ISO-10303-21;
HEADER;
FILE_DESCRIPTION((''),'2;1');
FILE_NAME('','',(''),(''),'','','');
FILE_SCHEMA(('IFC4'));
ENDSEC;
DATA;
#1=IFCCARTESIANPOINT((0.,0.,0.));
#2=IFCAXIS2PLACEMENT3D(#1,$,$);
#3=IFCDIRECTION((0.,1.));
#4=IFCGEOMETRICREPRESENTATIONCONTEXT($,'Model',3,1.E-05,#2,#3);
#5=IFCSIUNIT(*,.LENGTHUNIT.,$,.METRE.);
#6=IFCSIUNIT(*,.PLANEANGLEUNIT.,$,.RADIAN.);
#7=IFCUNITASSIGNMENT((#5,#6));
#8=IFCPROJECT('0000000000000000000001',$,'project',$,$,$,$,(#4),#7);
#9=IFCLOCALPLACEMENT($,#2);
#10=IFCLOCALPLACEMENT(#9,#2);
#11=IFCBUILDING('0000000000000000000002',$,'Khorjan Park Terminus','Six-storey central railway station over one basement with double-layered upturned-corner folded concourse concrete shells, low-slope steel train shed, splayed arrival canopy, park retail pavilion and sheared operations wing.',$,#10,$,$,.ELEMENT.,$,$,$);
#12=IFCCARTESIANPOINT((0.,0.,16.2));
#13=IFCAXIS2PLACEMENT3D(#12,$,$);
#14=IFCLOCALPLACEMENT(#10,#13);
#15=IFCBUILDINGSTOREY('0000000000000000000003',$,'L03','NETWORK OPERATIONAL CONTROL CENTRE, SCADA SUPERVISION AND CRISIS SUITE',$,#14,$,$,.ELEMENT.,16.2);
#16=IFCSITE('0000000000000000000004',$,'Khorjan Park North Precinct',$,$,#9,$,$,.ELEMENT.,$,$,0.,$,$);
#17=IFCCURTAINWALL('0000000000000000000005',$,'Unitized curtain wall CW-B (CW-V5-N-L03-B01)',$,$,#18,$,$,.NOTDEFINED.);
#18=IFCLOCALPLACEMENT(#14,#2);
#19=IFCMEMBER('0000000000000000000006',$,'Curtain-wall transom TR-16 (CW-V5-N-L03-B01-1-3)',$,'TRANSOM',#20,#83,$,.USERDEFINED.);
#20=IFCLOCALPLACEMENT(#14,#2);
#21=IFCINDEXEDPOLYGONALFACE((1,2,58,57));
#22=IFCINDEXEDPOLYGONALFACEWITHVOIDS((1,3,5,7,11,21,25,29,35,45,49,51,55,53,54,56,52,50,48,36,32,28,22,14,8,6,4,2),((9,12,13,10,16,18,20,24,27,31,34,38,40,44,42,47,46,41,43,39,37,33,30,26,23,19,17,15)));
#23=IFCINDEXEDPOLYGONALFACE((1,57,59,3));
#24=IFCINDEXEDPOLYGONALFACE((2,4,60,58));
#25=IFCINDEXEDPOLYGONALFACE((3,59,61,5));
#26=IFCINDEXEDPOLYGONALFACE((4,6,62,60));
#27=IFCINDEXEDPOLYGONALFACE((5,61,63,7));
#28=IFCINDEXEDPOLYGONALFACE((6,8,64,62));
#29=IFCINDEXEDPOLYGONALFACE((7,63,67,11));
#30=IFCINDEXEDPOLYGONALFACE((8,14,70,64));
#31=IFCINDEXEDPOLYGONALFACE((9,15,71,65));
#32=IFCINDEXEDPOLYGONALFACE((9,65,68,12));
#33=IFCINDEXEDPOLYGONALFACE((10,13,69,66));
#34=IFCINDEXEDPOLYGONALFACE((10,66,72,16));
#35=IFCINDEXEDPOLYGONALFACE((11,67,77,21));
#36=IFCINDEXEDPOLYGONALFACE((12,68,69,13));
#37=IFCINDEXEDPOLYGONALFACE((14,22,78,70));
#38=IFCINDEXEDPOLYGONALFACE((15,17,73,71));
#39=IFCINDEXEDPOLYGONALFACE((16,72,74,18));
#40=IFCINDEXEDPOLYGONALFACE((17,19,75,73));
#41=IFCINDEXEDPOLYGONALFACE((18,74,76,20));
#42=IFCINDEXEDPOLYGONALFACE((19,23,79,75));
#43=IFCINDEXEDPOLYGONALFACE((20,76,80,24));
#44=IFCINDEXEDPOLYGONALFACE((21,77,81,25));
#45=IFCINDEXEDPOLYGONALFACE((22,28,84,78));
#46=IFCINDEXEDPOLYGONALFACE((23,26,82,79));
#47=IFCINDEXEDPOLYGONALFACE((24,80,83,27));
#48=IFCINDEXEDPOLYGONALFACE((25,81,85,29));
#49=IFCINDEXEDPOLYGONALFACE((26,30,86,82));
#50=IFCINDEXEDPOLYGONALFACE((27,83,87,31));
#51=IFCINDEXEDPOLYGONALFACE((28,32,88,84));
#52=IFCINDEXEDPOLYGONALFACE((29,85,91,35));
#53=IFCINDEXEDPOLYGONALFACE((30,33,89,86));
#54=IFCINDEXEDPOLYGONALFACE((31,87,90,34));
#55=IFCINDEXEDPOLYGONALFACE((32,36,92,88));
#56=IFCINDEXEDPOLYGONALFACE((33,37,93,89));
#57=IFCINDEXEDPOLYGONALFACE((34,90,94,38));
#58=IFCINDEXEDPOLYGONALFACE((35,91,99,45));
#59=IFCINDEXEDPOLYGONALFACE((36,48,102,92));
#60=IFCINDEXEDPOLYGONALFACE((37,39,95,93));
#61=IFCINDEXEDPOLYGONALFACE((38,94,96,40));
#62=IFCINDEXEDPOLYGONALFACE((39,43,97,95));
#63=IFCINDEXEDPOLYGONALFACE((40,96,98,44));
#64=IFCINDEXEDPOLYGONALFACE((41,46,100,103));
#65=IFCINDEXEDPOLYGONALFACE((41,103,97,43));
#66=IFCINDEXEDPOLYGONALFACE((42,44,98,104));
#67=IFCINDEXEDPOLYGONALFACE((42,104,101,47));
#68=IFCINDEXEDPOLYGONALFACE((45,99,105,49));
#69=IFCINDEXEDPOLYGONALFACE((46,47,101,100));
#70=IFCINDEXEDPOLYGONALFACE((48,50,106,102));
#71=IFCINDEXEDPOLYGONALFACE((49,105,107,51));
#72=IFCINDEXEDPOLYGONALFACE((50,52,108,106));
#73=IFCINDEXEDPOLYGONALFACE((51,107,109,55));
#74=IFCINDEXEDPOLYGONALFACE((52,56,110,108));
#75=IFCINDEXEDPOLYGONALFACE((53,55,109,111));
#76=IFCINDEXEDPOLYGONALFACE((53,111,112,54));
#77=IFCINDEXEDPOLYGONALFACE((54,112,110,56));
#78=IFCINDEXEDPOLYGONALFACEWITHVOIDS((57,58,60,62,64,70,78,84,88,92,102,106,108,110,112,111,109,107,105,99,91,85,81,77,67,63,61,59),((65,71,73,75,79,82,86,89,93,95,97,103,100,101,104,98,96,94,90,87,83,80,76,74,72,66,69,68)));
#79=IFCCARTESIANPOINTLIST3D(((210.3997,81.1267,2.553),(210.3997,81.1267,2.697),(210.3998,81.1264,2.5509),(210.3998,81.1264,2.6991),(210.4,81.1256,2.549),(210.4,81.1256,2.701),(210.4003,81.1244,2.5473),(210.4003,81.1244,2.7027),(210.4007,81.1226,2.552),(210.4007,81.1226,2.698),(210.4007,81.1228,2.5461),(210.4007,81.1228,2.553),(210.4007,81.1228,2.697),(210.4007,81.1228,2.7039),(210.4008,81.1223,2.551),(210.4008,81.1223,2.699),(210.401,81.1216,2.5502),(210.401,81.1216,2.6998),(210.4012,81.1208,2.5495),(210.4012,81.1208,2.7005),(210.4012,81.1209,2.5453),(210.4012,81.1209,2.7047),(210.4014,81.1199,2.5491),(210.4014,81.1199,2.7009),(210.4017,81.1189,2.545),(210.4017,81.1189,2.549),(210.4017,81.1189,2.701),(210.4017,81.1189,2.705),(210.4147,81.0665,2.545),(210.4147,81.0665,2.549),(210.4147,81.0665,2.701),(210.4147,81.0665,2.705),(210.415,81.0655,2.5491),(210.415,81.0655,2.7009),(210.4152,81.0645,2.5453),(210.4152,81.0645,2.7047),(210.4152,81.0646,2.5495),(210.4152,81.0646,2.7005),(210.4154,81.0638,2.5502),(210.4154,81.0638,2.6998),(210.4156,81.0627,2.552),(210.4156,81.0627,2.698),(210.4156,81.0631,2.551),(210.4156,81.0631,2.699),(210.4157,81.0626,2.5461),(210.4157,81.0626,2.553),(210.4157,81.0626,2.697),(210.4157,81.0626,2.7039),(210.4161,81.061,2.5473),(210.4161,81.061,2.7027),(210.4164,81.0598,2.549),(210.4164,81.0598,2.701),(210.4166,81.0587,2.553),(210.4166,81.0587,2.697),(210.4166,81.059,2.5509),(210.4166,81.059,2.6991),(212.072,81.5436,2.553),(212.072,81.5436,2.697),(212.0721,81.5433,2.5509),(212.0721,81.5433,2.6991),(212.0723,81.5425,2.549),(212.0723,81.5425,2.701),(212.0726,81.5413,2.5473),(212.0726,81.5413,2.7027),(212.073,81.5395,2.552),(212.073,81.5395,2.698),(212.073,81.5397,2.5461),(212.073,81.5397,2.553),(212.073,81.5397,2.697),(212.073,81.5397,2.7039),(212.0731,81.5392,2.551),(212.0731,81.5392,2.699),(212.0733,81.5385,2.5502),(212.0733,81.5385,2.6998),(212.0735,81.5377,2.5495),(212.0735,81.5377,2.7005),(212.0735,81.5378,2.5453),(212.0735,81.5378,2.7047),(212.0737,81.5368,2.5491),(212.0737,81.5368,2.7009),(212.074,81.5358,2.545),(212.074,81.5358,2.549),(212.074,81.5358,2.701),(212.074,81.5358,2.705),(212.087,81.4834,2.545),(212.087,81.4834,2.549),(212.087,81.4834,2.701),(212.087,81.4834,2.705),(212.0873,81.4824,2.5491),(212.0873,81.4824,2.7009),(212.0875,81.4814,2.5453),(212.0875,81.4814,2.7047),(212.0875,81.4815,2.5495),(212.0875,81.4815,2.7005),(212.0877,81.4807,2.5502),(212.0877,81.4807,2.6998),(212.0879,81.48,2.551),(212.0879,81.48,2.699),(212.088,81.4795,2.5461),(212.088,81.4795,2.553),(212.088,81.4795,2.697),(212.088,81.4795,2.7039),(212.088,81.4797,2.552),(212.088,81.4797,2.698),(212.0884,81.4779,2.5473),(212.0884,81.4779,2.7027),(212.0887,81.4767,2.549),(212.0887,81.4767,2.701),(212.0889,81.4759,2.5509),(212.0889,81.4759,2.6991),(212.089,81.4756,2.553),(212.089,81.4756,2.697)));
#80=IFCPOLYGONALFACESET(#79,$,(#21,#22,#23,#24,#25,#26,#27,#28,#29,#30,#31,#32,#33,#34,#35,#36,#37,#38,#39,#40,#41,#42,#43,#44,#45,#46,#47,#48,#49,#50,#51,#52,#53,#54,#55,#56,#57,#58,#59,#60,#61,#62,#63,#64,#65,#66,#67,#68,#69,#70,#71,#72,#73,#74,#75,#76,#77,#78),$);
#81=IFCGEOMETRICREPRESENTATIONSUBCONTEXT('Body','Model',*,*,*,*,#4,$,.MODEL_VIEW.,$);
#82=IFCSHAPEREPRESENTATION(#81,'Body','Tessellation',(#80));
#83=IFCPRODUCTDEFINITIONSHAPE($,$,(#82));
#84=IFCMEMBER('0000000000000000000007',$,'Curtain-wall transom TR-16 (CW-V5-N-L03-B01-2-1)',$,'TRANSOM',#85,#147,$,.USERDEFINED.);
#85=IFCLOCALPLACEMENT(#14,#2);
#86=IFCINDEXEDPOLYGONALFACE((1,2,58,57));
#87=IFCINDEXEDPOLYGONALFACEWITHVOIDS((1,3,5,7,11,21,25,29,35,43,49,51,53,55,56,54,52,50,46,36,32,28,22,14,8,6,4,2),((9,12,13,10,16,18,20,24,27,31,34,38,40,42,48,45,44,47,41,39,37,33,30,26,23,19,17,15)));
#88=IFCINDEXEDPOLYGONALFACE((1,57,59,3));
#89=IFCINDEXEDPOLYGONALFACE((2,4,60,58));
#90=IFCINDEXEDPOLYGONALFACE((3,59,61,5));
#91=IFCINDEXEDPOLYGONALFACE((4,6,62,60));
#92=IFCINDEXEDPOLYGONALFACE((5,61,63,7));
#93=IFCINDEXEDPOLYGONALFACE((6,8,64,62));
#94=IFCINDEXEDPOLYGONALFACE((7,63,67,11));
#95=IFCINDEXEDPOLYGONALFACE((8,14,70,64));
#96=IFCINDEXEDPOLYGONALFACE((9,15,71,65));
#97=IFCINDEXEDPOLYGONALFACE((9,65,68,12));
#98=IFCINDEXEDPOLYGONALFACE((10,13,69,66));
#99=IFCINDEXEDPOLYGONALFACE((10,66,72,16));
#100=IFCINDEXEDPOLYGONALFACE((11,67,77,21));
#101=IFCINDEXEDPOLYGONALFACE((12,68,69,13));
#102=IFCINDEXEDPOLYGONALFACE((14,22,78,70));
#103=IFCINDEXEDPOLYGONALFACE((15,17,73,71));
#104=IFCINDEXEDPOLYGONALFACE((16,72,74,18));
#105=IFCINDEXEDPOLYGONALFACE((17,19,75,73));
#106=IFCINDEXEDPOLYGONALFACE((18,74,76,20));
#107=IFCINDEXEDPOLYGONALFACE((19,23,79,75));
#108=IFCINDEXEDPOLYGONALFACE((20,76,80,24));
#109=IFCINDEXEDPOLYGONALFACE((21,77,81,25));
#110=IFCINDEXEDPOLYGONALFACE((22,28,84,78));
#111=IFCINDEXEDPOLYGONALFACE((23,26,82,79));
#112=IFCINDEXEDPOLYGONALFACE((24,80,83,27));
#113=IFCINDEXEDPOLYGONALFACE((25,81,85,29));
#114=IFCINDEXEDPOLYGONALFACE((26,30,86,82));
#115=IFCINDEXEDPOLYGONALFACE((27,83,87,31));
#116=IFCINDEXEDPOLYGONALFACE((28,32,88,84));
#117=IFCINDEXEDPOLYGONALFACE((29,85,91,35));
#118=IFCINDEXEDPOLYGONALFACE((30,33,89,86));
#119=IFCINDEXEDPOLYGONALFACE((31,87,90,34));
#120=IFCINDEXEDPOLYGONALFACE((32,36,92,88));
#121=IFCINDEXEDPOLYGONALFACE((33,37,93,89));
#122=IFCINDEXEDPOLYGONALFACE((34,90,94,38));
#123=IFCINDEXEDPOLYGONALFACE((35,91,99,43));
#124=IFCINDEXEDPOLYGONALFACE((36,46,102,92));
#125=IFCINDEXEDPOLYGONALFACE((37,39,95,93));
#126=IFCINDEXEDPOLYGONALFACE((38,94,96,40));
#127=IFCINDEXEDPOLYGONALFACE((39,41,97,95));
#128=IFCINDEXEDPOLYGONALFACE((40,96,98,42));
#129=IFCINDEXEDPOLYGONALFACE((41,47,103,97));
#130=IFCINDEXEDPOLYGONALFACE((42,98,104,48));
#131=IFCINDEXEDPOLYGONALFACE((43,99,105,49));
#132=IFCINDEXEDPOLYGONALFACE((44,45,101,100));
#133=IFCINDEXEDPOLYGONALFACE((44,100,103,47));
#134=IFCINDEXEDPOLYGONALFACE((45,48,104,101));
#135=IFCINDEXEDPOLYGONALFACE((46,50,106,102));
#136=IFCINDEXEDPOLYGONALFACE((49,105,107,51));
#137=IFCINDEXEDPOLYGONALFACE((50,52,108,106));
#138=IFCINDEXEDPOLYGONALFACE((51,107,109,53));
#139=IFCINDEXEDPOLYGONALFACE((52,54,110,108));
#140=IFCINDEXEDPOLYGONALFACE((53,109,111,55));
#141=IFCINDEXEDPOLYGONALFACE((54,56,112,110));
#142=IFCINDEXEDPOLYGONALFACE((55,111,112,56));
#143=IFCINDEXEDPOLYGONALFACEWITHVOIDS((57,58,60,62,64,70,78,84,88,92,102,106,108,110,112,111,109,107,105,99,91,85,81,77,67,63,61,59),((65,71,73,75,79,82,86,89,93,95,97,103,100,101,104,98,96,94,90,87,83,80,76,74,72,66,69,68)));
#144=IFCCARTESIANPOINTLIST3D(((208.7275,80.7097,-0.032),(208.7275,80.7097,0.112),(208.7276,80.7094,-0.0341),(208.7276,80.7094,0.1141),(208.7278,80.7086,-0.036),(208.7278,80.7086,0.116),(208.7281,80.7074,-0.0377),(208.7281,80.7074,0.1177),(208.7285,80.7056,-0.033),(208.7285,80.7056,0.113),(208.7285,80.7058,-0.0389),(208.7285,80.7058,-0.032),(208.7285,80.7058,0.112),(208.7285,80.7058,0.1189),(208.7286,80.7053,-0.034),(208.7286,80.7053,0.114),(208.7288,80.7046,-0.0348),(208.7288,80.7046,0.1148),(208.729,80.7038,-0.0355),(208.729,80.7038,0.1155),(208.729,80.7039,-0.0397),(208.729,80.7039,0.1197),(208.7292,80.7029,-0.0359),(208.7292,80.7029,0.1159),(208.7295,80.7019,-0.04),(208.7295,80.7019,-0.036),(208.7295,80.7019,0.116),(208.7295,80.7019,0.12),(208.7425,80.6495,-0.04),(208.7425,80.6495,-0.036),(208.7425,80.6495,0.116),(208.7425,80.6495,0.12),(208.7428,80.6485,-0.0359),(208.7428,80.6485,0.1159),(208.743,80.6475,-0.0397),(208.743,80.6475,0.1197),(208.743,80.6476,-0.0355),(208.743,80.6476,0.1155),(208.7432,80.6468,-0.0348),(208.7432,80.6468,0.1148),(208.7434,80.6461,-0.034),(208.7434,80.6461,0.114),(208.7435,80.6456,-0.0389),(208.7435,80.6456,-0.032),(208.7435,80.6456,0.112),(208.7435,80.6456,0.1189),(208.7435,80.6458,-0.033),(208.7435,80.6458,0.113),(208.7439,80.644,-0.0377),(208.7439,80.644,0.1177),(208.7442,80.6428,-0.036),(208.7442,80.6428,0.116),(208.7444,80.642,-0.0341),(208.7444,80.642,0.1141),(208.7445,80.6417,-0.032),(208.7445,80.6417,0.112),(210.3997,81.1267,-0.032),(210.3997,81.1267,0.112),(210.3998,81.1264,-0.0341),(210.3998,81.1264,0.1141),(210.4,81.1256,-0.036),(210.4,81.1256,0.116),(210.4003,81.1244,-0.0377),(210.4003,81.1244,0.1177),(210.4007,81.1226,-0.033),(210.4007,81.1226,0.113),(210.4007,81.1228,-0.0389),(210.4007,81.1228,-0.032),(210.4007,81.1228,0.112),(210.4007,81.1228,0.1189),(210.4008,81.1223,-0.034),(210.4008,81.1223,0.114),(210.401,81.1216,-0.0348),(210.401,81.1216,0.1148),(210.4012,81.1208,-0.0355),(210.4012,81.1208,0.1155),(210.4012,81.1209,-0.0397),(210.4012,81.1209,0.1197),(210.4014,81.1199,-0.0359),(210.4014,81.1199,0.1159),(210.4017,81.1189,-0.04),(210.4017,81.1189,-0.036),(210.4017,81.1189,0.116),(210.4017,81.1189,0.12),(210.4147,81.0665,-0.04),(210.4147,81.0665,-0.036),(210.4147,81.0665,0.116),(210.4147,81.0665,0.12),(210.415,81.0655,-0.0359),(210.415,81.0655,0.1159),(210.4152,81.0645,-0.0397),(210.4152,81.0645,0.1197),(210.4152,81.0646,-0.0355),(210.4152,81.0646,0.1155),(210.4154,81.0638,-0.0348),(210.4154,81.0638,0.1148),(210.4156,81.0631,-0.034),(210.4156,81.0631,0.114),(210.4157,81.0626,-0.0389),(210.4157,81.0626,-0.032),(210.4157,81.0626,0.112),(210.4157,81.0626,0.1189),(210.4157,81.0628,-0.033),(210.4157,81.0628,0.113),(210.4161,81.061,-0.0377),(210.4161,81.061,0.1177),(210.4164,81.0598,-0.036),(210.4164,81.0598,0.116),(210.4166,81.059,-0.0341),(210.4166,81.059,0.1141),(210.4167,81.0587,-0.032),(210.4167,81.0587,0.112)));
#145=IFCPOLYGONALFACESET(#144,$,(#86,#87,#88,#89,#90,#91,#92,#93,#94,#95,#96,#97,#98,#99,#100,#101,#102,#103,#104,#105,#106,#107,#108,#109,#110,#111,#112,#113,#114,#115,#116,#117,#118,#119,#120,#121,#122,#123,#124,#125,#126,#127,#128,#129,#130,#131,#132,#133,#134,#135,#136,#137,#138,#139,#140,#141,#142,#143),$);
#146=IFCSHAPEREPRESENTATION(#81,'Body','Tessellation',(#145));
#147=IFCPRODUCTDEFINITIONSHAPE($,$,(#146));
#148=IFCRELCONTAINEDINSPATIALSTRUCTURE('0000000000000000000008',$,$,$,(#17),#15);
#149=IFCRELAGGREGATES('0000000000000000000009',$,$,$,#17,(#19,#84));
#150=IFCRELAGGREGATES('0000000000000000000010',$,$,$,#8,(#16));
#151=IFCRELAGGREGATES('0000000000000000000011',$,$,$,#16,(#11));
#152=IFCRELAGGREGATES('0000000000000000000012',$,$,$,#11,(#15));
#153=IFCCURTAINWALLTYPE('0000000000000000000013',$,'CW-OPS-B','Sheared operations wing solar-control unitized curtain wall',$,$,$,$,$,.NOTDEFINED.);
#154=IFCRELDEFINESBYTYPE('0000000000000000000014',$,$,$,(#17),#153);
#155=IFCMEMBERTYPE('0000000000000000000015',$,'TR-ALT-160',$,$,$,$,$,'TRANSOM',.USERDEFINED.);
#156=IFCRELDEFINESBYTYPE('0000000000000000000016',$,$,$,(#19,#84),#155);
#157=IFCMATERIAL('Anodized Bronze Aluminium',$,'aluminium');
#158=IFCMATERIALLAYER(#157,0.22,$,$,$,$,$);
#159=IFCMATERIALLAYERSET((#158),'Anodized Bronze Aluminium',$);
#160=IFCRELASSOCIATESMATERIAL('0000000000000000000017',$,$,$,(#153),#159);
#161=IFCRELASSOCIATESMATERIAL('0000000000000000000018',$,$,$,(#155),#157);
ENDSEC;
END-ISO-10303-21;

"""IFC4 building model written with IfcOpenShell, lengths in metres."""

from ifc_helpers import new_model, si_unit, direction, frame, origin, origin_2d, place, context, subcontext, project, spatial, hollow_rectangle, extrude, material, layer, layer_set, material_profile, profile_set, type_object, element, aggregate, save


model = new_model("IFC4")

# Units and contexts
model_context = context("Model", 3, precision=1e-05, world=origin(), true_north=direction((0.0, 1.0)))
body_context = subcontext(model_context, "Body", "Model", "MODEL_VIEW")
ifc_project = project(units=[si_unit("LENGTHUNIT", "METRE"), si_unit("PLANEANGLEUNIT", "RADIAN")], contexts=[model_context])

# Site, building, storey
site_placement = place(None, origin())
site = spatial("IfcSite", under=ifc_project, at=site_placement, Name="Khorjan Park North Precinct", CompositionType="ELEMENT", RefElevation=0.0)
building_placement = place(site_placement, origin())
building = spatial("IfcBuilding", under=site, at=building_placement, Name="Khorjan Park Terminus", Description="Six-storey central railway station over one basement with double-layered upturned-corner folded concourse concrete shells, low-slope steel train shed, splayed arrival canopy, park retail pavilion and sheared operations wing.", CompositionType="ELEMENT")
storey_placement = place(building_placement, frame((0.0, 0.0, 16.2)))
storey = spatial("IfcBuildingStorey", under=building, at=storey_placement, Name="L03", Description="NETWORK OPERATIONAL CONTROL CENTRE, SCADA SUPERVISION AND CRISIS SUITE", CompositionType="ELEMENT", Elevation=16.2)

# Curtain wall, members
ifc_material_1 = material(Name="Anodized Bronze Aluminium", Category="aluminium")
ifc_layer_1 = layer(ifc_material_1, 0.22)
ifc_layer_set_1 = layer_set([ifc_layer_1], Name="Anodized Bronze Aluminium")
curtain_wall_type = type_object("IfcCurtainWallType", Name="CW-OPS-B", Description="Sheared operations wing solar-control unitized curtain wall", PredefinedType="NOTDEFINED", material=ifc_layer_set_1)
curtain_wall_placement = place(storey_placement, origin())
curtain_wall = element("IfcCurtainWall", 1, at=curtain_wall_placement, inside=storey, type_object=curtain_wall_type, Name="Unitized curtain wall CW-B (CW-V5-N-L03-B01)", PredefinedType="NOTDEFINED")
ifc_material_profile_1 = material_profile(ifc_material_1, hollow_rectangle(XDim=0.07, YDim=0.16, WallThickness=0.004, InnerFilletRadius=0.004, OuterFilletRadius=0.008, at=origin_2d()), Name="ALT 70x160x4")
ifc_profile_set_1 = profile_set([ifc_material_profile_1], Name="Anodized Bronze Aluminium")
member_type_1 = type_object("IfcMemberType", Name="TR-ALT-160", ElementType="TRANSOM", PredefinedType="USERDEFINED", material=ifc_profile_set_1)
member_1_placement = place(storey_placement, frame((212.0805, 81.5096, 2.625), z_axis=(-0.970303, -0.241894, 0.0), x_axis=(0.241894, -0.970303, 0.0)))
member_1 = element("IfcMember", 2, at=member_1_placement, type_object=member_type_1, Name="Curtain-wall transom TR-16 (CW-V5-N-L03-B01-1-3)", ObjectType="TRANSOM", PredefinedType="USERDEFINED", context=body_context, shape_type="SweptSolid", body=[
    extrude(hollow_rectangle(XDim=0.07, YDim=0.16, WallThickness=0.004, InnerFilletRadius=0.004, OuterFilletRadius=0.008, at=origin_2d()), origin(), (0.0, 0.0, 1.0), 1.7235),
])
member_2_placement = place(storey_placement, frame((210.4082, 81.0927, 0.04), z_axis=(-0.970286, -0.241962, 0.0), x_axis=(0.241962, -0.970286, 0.0)))
member_2 = element("IfcMember", 3, at=member_2_placement, type_object=member_type_1, Name="Curtain-wall transom TR-16 (CW-V5-N-L03-B01-2-1)", ObjectType="TRANSOM", PredefinedType="USERDEFINED", context=body_context, shape_type="SweptSolid", body=[
    extrude(hollow_rectangle(XDim=0.07, YDim=0.16, WallThickness=0.004, InnerFilletRadius=0.004, OuterFilletRadius=0.008, at=origin_2d()), origin(), (0.0, 0.0, 1.0), 1.7234),
])
aggregate(curtain_wall, [member_1, member_2])

save(model, "model.ifc")
